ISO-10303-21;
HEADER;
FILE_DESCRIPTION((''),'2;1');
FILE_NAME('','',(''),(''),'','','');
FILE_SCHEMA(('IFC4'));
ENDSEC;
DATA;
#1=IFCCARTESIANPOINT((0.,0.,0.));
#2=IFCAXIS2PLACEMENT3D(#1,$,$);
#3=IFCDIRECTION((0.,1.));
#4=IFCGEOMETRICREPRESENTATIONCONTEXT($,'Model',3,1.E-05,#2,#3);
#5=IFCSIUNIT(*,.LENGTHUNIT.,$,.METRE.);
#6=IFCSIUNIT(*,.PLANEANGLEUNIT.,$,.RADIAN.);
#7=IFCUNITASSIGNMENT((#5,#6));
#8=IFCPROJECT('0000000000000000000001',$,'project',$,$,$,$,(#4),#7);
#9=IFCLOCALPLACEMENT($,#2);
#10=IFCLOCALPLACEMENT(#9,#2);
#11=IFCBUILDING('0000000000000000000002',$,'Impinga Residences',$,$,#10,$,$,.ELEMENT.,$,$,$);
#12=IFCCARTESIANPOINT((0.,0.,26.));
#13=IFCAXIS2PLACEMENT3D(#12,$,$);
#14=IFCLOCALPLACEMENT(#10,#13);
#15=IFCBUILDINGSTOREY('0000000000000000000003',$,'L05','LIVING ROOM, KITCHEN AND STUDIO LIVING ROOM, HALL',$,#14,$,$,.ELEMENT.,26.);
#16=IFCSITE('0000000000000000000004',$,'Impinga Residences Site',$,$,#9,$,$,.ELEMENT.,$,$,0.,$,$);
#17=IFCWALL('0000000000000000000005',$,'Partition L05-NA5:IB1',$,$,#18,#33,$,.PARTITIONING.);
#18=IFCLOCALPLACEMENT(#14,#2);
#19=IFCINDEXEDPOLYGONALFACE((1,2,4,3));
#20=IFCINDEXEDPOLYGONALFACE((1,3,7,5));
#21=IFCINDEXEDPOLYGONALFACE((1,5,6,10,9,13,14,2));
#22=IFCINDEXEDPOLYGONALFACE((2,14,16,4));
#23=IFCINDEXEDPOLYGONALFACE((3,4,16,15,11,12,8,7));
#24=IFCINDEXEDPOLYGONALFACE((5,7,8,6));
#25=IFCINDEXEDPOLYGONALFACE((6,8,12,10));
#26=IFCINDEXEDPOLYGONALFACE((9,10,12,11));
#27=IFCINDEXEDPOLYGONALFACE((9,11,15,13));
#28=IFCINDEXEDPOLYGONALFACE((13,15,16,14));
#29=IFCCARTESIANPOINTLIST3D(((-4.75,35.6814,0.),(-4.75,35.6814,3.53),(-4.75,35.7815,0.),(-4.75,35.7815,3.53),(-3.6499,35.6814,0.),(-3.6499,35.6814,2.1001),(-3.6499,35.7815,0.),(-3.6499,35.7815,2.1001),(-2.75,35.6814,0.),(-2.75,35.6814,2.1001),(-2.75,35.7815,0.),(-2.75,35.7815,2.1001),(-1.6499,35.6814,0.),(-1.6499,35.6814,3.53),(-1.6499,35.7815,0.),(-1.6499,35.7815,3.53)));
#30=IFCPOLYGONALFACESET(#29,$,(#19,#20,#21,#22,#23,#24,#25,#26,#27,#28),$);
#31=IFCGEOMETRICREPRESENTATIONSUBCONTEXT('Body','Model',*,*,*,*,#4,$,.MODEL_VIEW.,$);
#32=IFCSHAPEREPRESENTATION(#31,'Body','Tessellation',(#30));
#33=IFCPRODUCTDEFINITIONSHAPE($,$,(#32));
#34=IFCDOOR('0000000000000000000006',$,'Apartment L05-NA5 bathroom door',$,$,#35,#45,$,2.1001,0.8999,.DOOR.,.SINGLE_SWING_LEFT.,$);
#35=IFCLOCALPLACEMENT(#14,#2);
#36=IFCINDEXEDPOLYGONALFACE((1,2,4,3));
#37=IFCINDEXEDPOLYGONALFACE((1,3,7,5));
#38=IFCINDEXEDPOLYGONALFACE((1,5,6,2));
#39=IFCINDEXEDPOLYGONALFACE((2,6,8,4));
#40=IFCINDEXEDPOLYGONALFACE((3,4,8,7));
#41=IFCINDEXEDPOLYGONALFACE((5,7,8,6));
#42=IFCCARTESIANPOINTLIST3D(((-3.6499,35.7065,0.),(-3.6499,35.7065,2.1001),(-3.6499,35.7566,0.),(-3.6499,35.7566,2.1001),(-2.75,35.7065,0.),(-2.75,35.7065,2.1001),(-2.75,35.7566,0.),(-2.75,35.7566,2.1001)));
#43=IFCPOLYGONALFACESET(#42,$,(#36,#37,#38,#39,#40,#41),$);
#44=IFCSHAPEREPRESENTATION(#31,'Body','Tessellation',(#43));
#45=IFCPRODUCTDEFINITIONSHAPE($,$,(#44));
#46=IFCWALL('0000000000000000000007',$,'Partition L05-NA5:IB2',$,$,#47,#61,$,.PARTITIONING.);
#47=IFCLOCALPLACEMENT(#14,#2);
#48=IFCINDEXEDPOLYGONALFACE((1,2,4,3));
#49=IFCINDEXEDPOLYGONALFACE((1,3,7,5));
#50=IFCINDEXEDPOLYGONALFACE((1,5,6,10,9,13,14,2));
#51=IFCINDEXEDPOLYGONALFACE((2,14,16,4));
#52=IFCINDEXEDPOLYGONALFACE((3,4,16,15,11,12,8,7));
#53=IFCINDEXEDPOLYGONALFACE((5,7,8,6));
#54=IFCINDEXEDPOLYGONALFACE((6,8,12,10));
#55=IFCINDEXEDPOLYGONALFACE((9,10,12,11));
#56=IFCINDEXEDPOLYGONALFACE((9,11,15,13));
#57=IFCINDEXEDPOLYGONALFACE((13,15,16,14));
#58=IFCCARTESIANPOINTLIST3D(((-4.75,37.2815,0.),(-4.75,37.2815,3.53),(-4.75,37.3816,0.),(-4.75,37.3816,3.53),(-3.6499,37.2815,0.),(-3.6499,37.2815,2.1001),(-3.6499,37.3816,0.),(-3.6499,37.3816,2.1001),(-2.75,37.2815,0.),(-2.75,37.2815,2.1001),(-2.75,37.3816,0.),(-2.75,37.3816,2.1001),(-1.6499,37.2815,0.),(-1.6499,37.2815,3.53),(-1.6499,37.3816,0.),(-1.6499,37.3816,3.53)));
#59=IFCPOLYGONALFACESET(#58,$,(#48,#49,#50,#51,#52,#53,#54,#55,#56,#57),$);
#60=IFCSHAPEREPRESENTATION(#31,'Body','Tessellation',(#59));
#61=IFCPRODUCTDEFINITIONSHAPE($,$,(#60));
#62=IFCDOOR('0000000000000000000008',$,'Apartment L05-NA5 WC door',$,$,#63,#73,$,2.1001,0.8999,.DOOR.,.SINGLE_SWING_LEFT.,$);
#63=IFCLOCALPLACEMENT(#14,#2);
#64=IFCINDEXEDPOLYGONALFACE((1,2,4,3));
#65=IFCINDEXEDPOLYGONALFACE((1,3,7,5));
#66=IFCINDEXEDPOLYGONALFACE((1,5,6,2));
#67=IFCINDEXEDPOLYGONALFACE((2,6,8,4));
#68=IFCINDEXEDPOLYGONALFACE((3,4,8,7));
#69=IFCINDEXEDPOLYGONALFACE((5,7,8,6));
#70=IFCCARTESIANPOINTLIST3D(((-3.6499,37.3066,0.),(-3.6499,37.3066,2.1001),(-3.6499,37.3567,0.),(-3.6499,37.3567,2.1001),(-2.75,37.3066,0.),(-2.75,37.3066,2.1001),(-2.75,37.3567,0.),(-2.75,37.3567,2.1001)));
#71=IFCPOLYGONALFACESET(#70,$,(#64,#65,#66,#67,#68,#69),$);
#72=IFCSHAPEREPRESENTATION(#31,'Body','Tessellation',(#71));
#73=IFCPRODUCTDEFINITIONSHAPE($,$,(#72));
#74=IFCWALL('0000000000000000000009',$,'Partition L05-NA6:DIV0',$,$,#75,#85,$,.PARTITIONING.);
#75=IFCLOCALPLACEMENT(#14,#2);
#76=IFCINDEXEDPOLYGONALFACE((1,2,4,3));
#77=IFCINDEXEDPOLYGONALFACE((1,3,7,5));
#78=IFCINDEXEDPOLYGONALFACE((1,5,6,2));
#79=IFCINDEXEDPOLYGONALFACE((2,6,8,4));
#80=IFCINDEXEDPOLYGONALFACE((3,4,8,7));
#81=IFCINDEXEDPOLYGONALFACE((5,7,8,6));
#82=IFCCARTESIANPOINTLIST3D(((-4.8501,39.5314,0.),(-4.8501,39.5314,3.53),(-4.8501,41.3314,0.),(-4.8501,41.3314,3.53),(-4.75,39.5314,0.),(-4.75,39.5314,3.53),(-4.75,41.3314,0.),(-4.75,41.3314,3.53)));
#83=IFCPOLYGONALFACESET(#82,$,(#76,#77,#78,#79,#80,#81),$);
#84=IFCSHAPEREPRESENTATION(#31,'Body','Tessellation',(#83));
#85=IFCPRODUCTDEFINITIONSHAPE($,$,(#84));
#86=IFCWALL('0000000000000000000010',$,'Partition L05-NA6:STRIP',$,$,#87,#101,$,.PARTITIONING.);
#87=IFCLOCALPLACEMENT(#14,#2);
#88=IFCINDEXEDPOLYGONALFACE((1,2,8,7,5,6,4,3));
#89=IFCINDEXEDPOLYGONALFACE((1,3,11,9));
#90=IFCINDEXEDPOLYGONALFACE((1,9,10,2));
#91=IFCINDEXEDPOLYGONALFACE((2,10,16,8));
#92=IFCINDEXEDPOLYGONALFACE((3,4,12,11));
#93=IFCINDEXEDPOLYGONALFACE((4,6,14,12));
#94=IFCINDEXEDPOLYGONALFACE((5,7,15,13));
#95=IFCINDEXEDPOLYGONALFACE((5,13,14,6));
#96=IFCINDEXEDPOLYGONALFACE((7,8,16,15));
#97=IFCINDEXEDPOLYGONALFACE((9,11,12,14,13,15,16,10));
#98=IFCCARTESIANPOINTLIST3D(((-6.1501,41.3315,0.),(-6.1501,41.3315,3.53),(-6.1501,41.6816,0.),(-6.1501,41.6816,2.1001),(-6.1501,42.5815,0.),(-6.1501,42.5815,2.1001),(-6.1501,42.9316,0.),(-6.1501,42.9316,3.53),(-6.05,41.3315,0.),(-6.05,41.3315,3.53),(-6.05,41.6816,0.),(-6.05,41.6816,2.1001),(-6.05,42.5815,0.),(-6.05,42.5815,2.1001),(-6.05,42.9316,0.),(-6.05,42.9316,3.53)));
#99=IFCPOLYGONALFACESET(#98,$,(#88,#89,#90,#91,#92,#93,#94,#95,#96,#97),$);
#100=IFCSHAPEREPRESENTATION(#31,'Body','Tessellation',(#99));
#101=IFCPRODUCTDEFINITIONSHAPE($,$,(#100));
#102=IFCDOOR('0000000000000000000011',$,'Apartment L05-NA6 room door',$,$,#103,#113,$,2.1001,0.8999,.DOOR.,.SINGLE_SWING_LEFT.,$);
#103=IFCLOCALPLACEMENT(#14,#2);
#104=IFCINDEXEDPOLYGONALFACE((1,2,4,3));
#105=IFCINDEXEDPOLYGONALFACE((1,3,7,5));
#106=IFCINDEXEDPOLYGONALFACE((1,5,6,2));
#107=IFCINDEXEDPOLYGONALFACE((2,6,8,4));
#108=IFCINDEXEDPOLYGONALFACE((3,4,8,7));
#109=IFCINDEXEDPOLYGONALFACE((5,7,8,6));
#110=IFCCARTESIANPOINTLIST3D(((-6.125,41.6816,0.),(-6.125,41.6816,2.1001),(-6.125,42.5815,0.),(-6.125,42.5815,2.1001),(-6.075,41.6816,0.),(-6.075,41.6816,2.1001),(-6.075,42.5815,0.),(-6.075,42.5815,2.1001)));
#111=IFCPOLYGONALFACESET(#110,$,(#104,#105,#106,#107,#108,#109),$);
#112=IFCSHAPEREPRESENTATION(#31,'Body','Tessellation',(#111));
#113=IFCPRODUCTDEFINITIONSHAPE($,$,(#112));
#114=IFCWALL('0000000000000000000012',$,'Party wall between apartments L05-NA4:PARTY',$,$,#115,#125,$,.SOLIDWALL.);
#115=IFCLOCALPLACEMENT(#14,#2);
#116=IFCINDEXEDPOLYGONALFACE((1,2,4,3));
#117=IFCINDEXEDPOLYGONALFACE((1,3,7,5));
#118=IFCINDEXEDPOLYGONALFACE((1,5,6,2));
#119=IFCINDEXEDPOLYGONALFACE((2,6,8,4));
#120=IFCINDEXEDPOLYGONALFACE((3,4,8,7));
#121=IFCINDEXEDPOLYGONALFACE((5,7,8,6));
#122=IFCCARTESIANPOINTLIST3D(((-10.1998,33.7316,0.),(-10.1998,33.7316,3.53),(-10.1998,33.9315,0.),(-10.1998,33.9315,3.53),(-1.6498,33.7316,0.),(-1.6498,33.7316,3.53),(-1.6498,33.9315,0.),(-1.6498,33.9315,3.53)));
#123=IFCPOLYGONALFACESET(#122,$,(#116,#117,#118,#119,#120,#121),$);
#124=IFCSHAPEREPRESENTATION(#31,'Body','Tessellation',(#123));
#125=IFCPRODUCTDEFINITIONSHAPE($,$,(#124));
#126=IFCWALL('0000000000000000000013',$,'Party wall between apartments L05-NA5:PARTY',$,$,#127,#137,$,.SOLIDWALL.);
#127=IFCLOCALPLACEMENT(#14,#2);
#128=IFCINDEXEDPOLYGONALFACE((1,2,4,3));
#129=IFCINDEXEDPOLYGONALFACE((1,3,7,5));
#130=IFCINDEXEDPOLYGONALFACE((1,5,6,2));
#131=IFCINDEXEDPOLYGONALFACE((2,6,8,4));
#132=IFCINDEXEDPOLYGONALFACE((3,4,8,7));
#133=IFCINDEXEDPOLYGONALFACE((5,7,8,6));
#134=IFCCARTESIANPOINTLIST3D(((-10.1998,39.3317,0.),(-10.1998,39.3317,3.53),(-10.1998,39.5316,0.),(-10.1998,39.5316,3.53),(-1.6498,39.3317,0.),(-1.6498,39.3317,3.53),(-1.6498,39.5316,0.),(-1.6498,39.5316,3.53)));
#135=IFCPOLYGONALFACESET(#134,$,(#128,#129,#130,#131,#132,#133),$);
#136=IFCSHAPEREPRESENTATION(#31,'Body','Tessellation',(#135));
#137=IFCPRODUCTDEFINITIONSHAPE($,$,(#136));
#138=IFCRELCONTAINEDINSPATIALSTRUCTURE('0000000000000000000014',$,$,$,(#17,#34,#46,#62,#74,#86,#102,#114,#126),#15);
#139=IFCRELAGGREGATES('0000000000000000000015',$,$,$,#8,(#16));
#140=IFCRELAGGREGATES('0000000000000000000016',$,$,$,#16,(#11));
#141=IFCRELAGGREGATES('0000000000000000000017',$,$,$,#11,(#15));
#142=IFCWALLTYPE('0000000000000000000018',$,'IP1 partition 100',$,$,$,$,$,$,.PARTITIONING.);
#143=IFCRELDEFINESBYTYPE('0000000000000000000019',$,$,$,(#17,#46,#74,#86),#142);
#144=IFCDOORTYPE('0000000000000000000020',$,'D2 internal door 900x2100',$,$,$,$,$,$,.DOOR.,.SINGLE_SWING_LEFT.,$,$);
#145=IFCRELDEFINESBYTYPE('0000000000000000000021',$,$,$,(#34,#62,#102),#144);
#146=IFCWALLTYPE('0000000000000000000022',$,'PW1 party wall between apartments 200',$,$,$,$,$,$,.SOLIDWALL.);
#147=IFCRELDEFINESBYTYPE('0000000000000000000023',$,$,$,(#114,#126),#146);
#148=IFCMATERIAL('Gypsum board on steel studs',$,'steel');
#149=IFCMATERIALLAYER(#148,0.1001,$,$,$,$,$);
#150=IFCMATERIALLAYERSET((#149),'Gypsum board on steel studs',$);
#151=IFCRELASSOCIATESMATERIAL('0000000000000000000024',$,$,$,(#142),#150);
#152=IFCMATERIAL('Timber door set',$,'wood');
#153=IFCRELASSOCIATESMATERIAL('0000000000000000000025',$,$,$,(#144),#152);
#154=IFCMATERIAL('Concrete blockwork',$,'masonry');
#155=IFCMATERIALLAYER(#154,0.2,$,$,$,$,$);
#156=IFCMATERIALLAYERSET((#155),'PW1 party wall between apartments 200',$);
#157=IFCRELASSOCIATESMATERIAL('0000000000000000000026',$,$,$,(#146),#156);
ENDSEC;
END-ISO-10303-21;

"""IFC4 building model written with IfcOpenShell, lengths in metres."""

from ifc_helpers import new_model, si_unit, direction, frame, frame_2d, origin, place, context, subcontext, project, spatial, rectangle, extrude, material, layer, layer_set, type_object, element, fill, save


model = new_model("IFC4")

# Units and contexts
model_context = context("Model", 3, precision=1e-05, world=origin(), true_north=direction((0.0, 1.0)))
body_context = subcontext(model_context, "Body", "Model", "MODEL_VIEW")
ifc_project = project(units=[si_unit("LENGTHUNIT", "METRE"), si_unit("PLANEANGLEUNIT", "RADIAN")], contexts=[model_context])

# Site, building, storey
site_placement = place(None, origin())
site = spatial("IfcSite", under=ifc_project, at=site_placement, Name="Impinga Residences Site", CompositionType="ELEMENT", RefElevation=0.0)
building_placement = place(site_placement, origin())
building = spatial("IfcBuilding", under=site, at=building_placement, Name="Impinga Residences", CompositionType="ELEMENT")
storey_placement = place(building_placement, frame((0.0, 0.0, 26.0)))
storey = spatial("IfcBuildingStorey", under=building, at=storey_placement, Name="L05", Description="LIVING ROOM, KITCHEN AND STUDIO LIVING ROOM, HALL", CompositionType="ELEMENT", Elevation=26.0)

# Shared definitions
ifc_material_1 = material(Name="Gypsum board on steel studs", Category="steel")
ifc_layer_1 = layer(ifc_material_1, 0.1001)
ifc_layer_set_1 = layer_set([ifc_layer_1], Name="Gypsum board on steel studs")
wall_type_1 = type_object("IfcWallType", Name="IP1 partition 100", PredefinedType="PARTITIONING", material=ifc_layer_set_1)
ifc_material_2 = material(Name="Timber door set", Category="wood")
door_type = type_object("IfcDoorType", Name="D2 internal door 900x2100", OperationType="SINGLE_SWING_LEFT", PredefinedType="DOOR", material=ifc_material_2)

# Walls, openings, doors
wall_1_placement = place(storey_placement, frame((-1.6499, 35.7314, 0.0), z_axis=(0.0, 0.0, 1.0), x_axis=(-1.0, 0.0, 0.0)))
wall_1 = element("IfcWall", 1, at=wall_1_placement, inside=storey, type_object=wall_type_1, Name="Partition L05-NA5:IB1", PredefinedType="PARTITIONING", context=body_context, shape_type="SweptSolid", body=[
    extrude(rectangle(XDim=3.1001, YDim=0.1001, at=frame_2d((1.55, 0.0))), origin(), (0.0, 0.0, 1.0), 3.53),
])
opening_1_placement = place(wall_1_placement, frame((1.1001, 0.0, 0.0)))
opening_1 = element("IfcOpeningElement", 2, at=opening_1_placement, cuts=wall_1, PredefinedType="OPENING", context=body_context, shape_type="SweptSolid", body=[
    extrude(rectangle(XDim=0.8999, YDim=2.1001, at=frame_2d((0.45, 1.05))), frame((0.0, 0.0601, 0.0), z_axis=(0.0, -1.0, 0.0), x_axis=(1.0, 0.0, 0.0)), (0.0, 0.0, 1.0), 0.1201),
])
door_1_placement = place(opening_1_placement, origin())
door_1 = element("IfcDoor", 3, at=door_1_placement, inside=storey, type_object=door_type, Name="Apartment L05-NA5 bathroom door", OperationType="SINGLE_SWING_LEFT", OverallHeight=2.1001, OverallWidth=0.8999, PredefinedType="DOOR", context=body_context, shape_type="SweptSolid", body=[
    extrude(rectangle(XDim=0.8999, YDim=2.1001, at=frame_2d((0.45, 1.05))), frame((0.0, 0.0249, 0.0), z_axis=(0.0, -1.0, 0.0), x_axis=(1.0, 0.0, 0.0)), (0.0, 0.0, 1.0), 0.05),
])
fill(opening_1, door_1)
wall_2_placement = place(storey_placement, frame((-1.6499, 37.3315, 0.0), z_axis=(0.0, 0.0, 1.0), x_axis=(-1.0, 0.0, 0.0)))
wall_2 = element("IfcWall", 4, at=wall_2_placement, inside=storey, type_object=wall_type_1, Name="Partition L05-NA5:IB2", PredefinedType="PARTITIONING", context=body_context, shape_type="SweptSolid", body=[
    extrude(rectangle(XDim=3.1001, YDim=0.1001, at=frame_2d((1.55, 0.0))), origin(), (0.0, 0.0, 1.0), 3.53),
])
opening_2_placement = place(wall_2_placement, frame((1.1001, 0.0, 0.0)))
opening_2 = element("IfcOpeningElement", 5, at=opening_2_placement, cuts=wall_2, PredefinedType="OPENING", context=body_context, shape_type="SweptSolid", body=[
    extrude(rectangle(XDim=0.8999, YDim=2.1001, at=frame_2d((0.45, 1.05))), frame((0.0, 0.0601, 0.0), z_axis=(0.0, -1.0, 0.0), x_axis=(1.0, 0.0, 0.0)), (0.0, 0.0, 1.0), 0.1201),
])
door_2_placement = place(opening_2_placement, origin())
door_2 = element("IfcDoor", 6, at=door_2_placement, inside=storey, type_object=door_type, Name="Apartment L05-NA5 WC door", OperationType="SINGLE_SWING_LEFT", OverallHeight=2.1001, OverallWidth=0.8999, PredefinedType="DOOR", context=body_context, shape_type="SweptSolid", body=[
    extrude(rectangle(XDim=0.8999, YDim=2.1001, at=frame_2d((0.45, 1.05))), frame((0.0, 0.0249, 0.0), z_axis=(0.0, -1.0, 0.0), x_axis=(1.0, 0.0, 0.0)), (0.0, 0.0, 1.0), 0.05),
])
fill(opening_2, door_2)

# Wall
wall_3_placement = place(storey_placement, frame((-4.8, 39.5315, 0.0), z_axis=(0.0, 0.0, 1.0), x_axis=(0.0, 1.0, 0.0)))
element("IfcWall", 7, at=wall_3_placement, inside=storey, type_object=wall_type_1, Name="Partition L05-NA6:DIV0", PredefinedType="PARTITIONING", context=body_context, shape_type="SweptSolid", body=[
    extrude(rectangle(XDim=1.8, YDim=0.1001, at=frame_2d((0.8999, 0.0))), origin(), (0.0, 0.0, 1.0), 3.53),
])

# Wall, opening, door
wall_4_placement = place(storey_placement, frame((-6.1001, 41.3315, 0.0), z_axis=(0.0, 0.0, 1.0), x_axis=(0.0, 1.0, 0.0)))
wall_4 = element("IfcWall", 8, at=wall_4_placement, inside=storey, type_object=wall_type_1, Name="Partition L05-NA6:STRIP", PredefinedType="PARTITIONING", context=body_context, shape_type="SweptSolid", body=[
    extrude(rectangle(XDim=1.6001, YDim=0.1001, at=frame_2d((0.8, 0.0))), origin(), (0.0, 0.0, 1.0), 3.53),
])
opening_3_placement = place(wall_4_placement, frame((0.3501, 0.0, 0.0)))
opening_3 = element("IfcOpeningElement", 9, at=opening_3_placement, cuts=wall_4, PredefinedType="OPENING", context=body_context, shape_type="SweptSolid", body=[
    extrude(rectangle(XDim=0.8999, YDim=2.1001, at=frame_2d((0.45, 1.05))), frame((0.0, 0.0601, 0.0), z_axis=(0.0, -1.0, 0.0), x_axis=(1.0, 0.0, 0.0)), (0.0, 0.0, 1.0), 0.1201),
])
door_3_placement = place(opening_3_placement, origin())
door_3 = element("IfcDoor", 10, at=door_3_placement, inside=storey, type_object=door_type, Name="Apartment L05-NA6 room door", OperationType="SINGLE_SWING_LEFT", OverallHeight=2.1001, OverallWidth=0.8999, PredefinedType="DOOR", context=body_context, shape_type="SweptSolid", body=[
    extrude(rectangle(XDim=0.8999, YDim=2.1001, at=frame_2d((0.45, 1.05))), frame((0.0, 0.0249, 0.0), z_axis=(0.0, -1.0, 0.0), x_axis=(1.0, 0.0, 0.0)), (0.0, 0.0, 1.0), 0.05),
])
fill(opening_3, door_3)

# Walls
ifc_material_3 = material(Name="Concrete blockwork", Category="masonry")
ifc_layer_2 = layer(ifc_material_3, 0.2)
ifc_layer_set_2 = layer_set([ifc_layer_2], Name="PW1 party wall between apartments 200")
wall_type_2 = type_object("IfcWallType", Name="PW1 party wall between apartments 200", PredefinedType="SOLIDWALL", material=ifc_layer_set_2)
for number, where, z_axis, x_axis, name in (
    (11, (-1.6499, 33.8315, 0.0), (0.0, 0.0, 1.0), (-1.0, 0.0, 0.0), "Party wall between apartments L05-NA4:PARTY"),
    (12, (-1.6499, 39.4316, 0.0), (0.0, 0.0, 1.0), (-1.0, 0.0, 0.0), "Party wall between apartments L05-NA5:PARTY"),
):
    element("IfcWall", number, at=place(storey_placement, frame(where, z_axis=z_axis, x_axis=x_axis)), inside=storey, type_object=wall_type_2, Name=name, PredefinedType="SOLIDWALL", context=body_context, shape_type="SweptSolid", body=[
        extrude(rectangle(XDim=8.55, YDim=0.2, at=frame_2d((4.2749, 0.0))), origin(), (0.0, 0.0, 1.0), 3.53),
    ])

save(model, "model.ifc")
